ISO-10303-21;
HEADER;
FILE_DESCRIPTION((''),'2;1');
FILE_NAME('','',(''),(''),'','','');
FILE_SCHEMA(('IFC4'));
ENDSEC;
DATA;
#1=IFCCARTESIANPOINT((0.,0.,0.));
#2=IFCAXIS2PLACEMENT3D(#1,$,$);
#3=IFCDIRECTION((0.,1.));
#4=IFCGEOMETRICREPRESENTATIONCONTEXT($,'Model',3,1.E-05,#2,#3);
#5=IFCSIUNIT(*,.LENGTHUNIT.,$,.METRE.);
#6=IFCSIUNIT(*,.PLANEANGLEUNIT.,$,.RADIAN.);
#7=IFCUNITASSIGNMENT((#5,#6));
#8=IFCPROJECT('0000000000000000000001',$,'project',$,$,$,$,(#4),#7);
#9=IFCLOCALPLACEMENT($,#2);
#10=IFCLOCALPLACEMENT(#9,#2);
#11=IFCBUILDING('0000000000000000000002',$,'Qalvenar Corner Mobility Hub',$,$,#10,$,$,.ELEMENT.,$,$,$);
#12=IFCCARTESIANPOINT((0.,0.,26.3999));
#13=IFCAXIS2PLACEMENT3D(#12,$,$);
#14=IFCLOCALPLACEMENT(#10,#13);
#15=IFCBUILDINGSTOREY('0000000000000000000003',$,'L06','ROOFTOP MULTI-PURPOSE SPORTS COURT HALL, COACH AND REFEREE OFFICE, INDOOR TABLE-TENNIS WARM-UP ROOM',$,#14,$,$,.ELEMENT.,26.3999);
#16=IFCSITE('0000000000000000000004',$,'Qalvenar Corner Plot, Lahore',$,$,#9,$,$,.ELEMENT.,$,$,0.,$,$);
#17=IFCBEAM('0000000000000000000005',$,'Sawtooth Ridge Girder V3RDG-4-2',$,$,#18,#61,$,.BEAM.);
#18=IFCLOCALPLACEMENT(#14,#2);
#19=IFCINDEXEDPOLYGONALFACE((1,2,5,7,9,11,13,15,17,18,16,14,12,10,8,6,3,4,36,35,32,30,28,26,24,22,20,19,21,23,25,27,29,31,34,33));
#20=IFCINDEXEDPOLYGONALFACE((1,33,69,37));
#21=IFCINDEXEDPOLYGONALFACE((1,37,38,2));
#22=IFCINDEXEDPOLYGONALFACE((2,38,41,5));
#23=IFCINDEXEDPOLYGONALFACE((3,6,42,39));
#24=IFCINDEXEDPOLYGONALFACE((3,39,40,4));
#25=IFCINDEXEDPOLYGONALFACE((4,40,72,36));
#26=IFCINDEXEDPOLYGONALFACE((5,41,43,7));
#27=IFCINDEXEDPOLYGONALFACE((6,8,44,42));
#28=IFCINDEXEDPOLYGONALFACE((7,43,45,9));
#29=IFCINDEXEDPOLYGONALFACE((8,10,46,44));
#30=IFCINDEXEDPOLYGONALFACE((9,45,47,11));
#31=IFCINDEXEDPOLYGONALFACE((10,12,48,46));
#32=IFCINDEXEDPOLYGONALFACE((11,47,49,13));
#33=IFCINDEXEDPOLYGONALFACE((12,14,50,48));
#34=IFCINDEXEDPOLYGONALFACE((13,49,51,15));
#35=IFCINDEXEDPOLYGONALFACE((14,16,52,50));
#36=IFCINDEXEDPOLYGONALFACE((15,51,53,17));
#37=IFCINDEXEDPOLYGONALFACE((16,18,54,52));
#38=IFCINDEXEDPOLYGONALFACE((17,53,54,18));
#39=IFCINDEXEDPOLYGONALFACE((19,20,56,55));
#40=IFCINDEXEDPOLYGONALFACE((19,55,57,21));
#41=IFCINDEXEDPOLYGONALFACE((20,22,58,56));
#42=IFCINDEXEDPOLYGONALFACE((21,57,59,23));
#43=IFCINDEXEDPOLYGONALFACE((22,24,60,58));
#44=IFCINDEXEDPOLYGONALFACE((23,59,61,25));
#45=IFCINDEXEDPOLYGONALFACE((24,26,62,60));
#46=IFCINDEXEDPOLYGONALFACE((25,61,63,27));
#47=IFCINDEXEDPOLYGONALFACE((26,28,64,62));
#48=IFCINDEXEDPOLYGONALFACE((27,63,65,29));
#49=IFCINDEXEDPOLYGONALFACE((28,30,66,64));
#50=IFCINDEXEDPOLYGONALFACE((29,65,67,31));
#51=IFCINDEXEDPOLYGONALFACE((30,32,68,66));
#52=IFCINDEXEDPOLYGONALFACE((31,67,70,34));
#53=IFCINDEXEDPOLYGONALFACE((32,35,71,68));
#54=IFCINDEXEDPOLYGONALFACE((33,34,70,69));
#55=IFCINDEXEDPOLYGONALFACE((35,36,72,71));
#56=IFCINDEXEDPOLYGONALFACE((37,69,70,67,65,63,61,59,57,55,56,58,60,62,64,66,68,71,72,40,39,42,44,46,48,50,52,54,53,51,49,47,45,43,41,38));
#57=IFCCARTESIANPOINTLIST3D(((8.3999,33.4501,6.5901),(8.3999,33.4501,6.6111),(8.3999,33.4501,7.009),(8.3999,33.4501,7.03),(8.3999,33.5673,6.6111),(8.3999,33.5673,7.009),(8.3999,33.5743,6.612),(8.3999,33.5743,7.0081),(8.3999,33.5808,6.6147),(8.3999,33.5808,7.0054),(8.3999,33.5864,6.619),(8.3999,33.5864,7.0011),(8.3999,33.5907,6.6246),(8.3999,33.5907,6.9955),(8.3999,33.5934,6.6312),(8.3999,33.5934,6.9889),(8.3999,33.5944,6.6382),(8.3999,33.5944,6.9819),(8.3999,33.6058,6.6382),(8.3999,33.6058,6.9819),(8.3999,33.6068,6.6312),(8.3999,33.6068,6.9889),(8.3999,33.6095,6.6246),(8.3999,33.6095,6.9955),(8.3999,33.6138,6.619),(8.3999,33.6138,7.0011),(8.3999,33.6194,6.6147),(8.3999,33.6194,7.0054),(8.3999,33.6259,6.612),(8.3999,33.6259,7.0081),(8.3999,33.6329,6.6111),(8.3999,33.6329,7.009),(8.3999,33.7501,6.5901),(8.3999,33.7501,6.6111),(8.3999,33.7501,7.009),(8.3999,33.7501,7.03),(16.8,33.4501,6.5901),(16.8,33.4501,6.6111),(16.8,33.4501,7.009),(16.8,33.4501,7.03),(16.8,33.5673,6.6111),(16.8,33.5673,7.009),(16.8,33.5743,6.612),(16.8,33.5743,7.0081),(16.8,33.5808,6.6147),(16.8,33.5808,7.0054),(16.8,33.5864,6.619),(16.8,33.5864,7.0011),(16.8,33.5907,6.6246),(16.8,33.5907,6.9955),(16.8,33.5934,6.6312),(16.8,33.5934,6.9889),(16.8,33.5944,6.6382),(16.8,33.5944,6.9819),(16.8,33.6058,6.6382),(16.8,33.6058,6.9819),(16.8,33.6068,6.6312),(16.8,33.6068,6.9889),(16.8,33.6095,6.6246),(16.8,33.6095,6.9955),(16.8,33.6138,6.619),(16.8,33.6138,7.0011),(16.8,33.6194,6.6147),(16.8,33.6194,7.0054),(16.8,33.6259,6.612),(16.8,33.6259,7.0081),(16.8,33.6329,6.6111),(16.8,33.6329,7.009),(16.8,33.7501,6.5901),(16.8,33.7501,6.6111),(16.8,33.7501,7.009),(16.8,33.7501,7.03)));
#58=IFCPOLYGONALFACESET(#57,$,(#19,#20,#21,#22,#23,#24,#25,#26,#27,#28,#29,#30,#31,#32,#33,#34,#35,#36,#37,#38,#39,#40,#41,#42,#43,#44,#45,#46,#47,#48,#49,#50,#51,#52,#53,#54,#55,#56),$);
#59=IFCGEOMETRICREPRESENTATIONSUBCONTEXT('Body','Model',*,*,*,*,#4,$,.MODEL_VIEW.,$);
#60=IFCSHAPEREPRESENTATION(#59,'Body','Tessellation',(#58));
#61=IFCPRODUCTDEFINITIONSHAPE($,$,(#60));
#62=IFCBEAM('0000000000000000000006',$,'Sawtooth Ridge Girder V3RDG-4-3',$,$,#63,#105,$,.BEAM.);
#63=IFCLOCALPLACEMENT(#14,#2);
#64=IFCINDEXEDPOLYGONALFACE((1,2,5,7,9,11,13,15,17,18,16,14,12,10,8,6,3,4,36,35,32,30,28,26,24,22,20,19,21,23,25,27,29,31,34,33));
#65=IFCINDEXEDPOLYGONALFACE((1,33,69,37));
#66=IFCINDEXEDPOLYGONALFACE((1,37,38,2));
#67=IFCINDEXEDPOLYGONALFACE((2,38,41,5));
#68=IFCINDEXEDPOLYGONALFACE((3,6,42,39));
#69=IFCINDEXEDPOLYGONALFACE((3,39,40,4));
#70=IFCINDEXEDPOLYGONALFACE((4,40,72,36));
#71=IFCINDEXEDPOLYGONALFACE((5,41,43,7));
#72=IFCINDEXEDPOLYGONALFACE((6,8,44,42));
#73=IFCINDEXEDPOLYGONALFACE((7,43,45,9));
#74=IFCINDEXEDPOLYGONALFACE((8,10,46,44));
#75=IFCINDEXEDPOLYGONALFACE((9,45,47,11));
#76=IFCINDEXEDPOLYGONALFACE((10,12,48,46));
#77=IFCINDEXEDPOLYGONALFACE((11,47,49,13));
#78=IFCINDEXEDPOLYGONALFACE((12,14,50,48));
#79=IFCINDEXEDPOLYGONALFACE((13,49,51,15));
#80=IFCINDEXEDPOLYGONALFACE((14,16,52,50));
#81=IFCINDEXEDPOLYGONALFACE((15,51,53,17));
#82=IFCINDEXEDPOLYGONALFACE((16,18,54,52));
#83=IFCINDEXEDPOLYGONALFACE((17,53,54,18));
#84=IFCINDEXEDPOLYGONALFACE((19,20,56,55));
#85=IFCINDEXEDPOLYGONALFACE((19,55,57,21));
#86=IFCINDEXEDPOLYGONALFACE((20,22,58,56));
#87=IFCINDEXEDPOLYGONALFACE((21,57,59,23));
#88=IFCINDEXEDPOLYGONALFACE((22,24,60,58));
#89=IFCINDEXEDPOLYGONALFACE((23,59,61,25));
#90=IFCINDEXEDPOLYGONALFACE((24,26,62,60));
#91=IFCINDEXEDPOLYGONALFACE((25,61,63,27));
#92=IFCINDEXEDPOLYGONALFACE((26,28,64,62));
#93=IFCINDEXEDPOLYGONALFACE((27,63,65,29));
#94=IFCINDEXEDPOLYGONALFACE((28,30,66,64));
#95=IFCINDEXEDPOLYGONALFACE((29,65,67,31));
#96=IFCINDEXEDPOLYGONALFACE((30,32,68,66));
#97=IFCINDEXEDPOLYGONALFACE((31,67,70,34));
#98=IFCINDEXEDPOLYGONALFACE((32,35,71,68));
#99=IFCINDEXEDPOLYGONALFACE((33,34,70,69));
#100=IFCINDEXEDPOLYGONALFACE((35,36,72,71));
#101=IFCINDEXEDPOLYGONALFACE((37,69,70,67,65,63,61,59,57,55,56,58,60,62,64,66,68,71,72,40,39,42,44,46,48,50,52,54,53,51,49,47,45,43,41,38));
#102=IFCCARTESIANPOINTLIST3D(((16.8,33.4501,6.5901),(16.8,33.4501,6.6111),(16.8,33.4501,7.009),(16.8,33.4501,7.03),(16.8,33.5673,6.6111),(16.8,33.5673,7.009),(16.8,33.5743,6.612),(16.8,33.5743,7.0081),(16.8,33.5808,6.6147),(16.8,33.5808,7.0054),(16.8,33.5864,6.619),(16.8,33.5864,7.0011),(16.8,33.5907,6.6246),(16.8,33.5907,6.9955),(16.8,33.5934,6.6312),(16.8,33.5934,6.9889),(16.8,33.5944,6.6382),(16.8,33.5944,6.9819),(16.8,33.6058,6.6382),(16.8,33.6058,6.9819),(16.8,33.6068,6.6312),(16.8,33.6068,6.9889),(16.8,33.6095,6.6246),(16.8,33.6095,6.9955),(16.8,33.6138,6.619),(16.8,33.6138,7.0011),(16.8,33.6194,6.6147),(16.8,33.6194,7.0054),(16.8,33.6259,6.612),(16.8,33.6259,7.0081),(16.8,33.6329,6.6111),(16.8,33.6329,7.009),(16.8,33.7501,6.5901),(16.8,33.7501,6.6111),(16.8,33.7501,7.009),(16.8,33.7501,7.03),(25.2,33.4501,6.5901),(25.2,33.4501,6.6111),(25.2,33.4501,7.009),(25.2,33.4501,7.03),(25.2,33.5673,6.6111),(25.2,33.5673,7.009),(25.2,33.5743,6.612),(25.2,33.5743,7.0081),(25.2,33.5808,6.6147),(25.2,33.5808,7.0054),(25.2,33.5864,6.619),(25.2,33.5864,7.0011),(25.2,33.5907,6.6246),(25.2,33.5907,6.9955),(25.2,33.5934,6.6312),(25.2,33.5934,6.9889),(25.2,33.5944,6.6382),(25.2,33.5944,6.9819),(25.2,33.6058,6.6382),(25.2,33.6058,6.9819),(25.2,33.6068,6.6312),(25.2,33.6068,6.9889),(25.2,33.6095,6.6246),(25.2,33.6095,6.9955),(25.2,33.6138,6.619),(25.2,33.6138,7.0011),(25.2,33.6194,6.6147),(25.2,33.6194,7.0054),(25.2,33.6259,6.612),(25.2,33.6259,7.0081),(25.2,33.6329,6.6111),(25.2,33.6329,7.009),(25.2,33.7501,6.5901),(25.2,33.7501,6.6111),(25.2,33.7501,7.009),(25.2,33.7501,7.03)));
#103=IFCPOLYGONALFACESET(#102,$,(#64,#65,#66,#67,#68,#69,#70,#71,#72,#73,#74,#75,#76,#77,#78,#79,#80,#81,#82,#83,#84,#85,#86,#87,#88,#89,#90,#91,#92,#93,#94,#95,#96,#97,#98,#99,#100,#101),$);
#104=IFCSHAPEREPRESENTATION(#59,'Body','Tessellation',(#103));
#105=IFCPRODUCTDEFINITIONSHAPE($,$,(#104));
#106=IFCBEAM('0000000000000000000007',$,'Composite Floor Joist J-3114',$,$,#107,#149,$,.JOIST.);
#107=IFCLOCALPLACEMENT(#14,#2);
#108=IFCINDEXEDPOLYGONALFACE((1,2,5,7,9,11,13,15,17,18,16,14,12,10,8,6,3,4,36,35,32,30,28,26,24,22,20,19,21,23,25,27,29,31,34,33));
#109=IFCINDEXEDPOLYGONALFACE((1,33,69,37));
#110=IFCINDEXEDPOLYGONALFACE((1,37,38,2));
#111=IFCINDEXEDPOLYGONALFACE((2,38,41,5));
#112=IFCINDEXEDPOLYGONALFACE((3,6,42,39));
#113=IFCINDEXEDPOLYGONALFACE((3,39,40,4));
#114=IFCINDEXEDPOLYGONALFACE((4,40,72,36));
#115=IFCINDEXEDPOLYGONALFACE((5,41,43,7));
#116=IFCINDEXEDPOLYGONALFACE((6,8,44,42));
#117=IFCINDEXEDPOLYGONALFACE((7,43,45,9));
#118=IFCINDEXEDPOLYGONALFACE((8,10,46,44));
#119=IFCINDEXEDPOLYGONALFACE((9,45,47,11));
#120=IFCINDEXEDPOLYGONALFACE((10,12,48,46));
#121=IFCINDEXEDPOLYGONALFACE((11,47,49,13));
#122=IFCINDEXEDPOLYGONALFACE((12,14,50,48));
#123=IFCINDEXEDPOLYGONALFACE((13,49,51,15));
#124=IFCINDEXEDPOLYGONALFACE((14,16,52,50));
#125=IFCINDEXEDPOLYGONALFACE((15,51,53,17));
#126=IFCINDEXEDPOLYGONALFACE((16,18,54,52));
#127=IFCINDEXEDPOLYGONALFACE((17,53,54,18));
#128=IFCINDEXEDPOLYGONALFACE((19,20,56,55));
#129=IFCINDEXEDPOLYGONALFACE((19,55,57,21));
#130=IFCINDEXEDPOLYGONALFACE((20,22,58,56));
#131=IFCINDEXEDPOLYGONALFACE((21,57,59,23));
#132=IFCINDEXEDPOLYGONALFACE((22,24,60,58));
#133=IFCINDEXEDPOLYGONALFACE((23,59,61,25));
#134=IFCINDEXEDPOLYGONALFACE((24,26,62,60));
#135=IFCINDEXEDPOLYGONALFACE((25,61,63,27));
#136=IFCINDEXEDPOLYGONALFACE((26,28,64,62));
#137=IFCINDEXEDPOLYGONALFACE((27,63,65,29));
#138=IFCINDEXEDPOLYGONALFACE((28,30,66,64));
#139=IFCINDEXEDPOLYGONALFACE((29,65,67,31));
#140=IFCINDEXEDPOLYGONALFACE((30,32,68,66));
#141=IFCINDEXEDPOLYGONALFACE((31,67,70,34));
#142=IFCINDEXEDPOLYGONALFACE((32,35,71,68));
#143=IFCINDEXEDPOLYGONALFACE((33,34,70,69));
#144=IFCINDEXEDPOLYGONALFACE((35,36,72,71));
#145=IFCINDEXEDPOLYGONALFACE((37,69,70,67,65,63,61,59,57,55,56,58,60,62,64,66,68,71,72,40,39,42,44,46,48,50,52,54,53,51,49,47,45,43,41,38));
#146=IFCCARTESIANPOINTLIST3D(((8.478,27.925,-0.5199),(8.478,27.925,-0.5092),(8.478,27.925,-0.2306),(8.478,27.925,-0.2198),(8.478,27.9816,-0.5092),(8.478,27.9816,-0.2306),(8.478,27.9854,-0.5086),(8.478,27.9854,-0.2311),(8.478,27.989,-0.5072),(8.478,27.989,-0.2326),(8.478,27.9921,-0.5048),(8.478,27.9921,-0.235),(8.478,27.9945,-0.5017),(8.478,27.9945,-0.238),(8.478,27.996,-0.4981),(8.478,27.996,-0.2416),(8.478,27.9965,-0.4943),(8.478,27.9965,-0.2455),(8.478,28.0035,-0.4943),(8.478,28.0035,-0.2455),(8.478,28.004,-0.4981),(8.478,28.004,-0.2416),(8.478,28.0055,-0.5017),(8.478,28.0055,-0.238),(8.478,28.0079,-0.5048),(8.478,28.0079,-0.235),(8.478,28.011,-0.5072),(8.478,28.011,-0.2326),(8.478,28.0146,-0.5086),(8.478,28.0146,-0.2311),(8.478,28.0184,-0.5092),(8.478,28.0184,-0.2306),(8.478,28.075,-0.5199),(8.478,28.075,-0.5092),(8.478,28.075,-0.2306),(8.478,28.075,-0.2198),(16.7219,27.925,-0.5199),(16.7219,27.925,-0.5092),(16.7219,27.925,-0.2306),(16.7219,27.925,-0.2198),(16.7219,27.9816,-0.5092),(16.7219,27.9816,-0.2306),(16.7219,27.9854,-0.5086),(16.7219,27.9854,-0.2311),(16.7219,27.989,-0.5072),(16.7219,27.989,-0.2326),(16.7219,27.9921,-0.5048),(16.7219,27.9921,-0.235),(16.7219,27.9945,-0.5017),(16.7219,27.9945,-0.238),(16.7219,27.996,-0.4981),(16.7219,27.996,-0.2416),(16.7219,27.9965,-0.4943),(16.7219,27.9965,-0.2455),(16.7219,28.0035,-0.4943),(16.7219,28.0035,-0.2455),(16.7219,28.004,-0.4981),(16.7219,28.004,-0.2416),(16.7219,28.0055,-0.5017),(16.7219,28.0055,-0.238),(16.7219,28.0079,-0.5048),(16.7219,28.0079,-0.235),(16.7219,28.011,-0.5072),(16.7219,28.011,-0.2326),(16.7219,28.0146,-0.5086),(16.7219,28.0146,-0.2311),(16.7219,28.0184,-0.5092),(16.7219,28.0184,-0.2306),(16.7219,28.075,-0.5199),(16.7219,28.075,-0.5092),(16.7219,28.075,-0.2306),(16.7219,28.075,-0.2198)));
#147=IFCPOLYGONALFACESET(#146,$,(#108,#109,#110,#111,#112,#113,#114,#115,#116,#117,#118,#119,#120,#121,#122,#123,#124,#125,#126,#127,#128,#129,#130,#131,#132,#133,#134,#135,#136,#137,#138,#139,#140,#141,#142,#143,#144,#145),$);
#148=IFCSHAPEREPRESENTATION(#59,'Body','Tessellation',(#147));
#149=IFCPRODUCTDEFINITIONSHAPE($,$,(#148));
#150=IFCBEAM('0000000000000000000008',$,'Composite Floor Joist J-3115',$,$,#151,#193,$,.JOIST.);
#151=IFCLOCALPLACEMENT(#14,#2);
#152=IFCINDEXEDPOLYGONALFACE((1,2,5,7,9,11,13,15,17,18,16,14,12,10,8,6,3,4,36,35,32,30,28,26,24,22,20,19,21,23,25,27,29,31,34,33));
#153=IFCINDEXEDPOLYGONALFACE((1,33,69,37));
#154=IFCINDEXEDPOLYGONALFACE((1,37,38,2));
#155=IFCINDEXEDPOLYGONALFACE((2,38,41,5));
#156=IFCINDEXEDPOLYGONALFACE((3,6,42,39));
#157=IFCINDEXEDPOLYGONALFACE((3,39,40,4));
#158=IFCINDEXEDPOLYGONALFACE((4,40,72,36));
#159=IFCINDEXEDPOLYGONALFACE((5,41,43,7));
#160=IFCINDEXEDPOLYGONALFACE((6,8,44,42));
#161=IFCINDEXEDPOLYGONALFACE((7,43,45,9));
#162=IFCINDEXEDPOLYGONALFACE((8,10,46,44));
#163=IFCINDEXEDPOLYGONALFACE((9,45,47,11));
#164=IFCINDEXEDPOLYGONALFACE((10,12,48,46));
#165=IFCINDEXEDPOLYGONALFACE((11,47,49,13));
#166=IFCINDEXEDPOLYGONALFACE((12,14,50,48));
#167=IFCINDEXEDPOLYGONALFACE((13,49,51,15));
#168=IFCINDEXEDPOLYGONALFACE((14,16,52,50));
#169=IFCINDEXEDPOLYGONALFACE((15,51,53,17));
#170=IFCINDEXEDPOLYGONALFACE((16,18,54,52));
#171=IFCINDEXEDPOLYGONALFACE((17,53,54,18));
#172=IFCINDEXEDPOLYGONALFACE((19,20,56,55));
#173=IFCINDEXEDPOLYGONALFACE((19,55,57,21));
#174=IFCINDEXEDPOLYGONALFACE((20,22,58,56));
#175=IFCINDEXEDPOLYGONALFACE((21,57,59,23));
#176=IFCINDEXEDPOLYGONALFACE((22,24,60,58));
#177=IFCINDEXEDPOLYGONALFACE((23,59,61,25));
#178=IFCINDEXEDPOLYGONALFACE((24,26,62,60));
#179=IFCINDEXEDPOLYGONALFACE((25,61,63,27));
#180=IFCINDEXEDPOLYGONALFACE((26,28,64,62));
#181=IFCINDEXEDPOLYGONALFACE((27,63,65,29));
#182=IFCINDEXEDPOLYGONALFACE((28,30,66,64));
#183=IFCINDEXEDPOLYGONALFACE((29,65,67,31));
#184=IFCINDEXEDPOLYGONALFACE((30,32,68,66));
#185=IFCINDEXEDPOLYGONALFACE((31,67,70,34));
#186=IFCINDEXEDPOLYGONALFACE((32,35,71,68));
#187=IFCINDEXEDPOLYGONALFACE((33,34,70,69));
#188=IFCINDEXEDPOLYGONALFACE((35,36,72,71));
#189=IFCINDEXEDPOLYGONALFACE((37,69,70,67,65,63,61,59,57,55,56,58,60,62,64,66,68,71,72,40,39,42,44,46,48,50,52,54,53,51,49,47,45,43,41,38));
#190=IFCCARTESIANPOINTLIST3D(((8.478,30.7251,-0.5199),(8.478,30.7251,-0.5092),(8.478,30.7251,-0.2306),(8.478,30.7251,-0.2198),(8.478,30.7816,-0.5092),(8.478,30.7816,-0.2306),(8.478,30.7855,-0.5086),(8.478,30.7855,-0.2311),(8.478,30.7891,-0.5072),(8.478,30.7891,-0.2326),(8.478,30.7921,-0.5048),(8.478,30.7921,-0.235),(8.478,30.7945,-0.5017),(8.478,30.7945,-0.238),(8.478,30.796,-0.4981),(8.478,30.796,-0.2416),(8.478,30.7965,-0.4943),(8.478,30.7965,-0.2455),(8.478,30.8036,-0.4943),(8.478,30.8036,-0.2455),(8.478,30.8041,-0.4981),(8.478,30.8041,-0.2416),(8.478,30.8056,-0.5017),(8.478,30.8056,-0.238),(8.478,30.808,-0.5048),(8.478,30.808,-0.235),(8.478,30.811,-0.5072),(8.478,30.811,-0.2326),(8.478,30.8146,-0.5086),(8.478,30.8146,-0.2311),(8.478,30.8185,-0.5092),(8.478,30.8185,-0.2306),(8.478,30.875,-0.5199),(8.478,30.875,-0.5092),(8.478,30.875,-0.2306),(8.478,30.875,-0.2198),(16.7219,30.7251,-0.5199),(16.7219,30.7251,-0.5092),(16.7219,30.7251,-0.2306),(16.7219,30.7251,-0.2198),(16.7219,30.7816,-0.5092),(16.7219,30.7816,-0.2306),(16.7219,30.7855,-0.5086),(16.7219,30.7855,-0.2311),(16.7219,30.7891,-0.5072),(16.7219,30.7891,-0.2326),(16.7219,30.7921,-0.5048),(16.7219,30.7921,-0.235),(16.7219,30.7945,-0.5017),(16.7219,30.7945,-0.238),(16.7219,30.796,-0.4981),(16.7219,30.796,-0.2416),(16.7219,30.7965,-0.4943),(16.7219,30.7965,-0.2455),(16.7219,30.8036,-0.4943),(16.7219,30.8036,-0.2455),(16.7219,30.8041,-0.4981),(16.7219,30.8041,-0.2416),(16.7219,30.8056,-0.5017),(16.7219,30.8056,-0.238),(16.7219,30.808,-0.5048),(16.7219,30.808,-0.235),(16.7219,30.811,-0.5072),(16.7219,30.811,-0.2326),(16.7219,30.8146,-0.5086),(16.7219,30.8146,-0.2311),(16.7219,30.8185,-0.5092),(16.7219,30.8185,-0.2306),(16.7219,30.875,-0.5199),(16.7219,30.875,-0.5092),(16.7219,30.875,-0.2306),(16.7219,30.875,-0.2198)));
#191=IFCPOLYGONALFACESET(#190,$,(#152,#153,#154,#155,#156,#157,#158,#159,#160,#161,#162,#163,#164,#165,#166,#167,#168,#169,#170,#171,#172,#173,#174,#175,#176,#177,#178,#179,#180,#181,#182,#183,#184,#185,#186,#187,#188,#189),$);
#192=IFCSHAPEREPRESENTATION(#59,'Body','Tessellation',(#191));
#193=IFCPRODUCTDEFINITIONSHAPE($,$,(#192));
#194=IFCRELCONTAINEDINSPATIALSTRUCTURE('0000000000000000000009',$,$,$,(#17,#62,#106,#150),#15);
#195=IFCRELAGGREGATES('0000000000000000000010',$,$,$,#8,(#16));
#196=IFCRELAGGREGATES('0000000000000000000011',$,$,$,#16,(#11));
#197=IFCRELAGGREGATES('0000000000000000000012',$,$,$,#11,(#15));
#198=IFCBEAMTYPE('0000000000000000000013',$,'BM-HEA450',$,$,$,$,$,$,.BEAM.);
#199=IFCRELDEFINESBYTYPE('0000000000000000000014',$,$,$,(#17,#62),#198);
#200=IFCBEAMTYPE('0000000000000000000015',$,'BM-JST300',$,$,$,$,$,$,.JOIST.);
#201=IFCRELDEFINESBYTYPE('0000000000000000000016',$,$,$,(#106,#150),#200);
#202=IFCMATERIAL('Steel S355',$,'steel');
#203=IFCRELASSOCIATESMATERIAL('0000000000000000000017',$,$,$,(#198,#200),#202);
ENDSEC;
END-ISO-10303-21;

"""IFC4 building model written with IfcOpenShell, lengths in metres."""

from ifc_helpers import new_model, si_unit, direction, frame, origin, origin_2d, place, context, subcontext, project, spatial, i_section, extrude, material, material_profile, profile_set, type_object, element, save


model = new_model("IFC4")

# Units and contexts
model_context = context("Model", 3, precision=1e-05, world=origin(), true_north=direction((0.0, 1.0)))
body_context = subcontext(model_context, "Body", "Model", "MODEL_VIEW")
ifc_project = project(units=[si_unit("LENGTHUNIT", "METRE"), si_unit("PLANEANGLEUNIT", "RADIAN")], contexts=[model_context])

# Site, building, storey
site_placement = place(None, origin())
site = spatial("IfcSite", under=ifc_project, at=site_placement, Name="Qalvenar Corner Plot, Lahore", CompositionType="ELEMENT", RefElevation=0.0)
building_placement = place(site_placement, origin())
building = spatial("IfcBuilding", under=site, at=building_placement, Name="Qalvenar Corner Mobility Hub", CompositionType="ELEMENT")
storey_placement = place(building_placement, frame((0.0, 0.0, 26.3999)))
storey = spatial("IfcBuildingStorey", under=building, at=storey_placement, Name="L06", Description="ROOFTOP MULTI-PURPOSE SPORTS COURT HALL, COACH AND REFEREE OFFICE, INDOOR TABLE-TENNIS WARM-UP ROOM", CompositionType="ELEMENT", Elevation=26.3999)

# Shared definitions
ifc_material_1 = material(Name="Steel S355", Category="steel")

# Beams
ifc_material_profile_1 = material_profile(ifc_material_1, i_section(OverallWidth=0.3, OverallDepth=0.4399, WebThickness=0.0115, FlangeThickness=0.021, FilletRadius=0.0271, at=origin_2d()), Name="HEA450")
ifc_profile_set_1 = profile_set([ifc_material_profile_1], Name="Steel S355")
beam_type_1 = type_object("IfcBeamType", Name="BM-HEA450", PredefinedType="BEAM", material=ifc_profile_set_1)
beam_1_placement = place(storey_placement, frame((8.3999, 33.6001, 6.8101), z_axis=(1.0, 0.0, 0.0), x_axis=(0.0, 1.0, 0.0)))
element("IfcBeam", 1, at=beam_1_placement, inside=storey, type_object=beam_type_1, Name="Sawtooth Ridge Girder V3RDG-4-2", PredefinedType="BEAM", context=body_context, shape_type="SweptSolid", body=[
    extrude(i_section(OverallWidth=0.3, OverallDepth=0.4399, WebThickness=0.0115, FlangeThickness=0.021, FilletRadius=0.0271, at=origin_2d()), origin(), (0.0, 0.0, 1.0), 8.4001),
])
beam_2_placement = place(storey_placement, frame((16.8, 33.6001, 6.8101), z_axis=(1.0, 0.0, 0.0), x_axis=(0.0, 1.0, 0.0)))
element("IfcBeam", 2, at=beam_2_placement, inside=storey, type_object=beam_type_1, Name="Sawtooth Ridge Girder V3RDG-4-3", PredefinedType="BEAM", context=body_context, shape_type="SweptSolid", body=[
    extrude(i_section(OverallWidth=0.3, OverallDepth=0.4399, WebThickness=0.0115, FlangeThickness=0.021, FilletRadius=0.0271, at=origin_2d()), origin(), (0.0, 0.0, 1.0), 8.3999),
])
ifc_material_profile_2 = material_profile(ifc_material_1, i_section(OverallWidth=0.1499, OverallDepth=0.3, WebThickness=0.0071, FlangeThickness=0.0107, FilletRadius=0.0149, at=origin_2d()), Name="IPE300")
ifc_profile_set_2 = profile_set([ifc_material_profile_2], Name="Steel S355")
beam_type_2 = type_object("IfcBeamType", Name="BM-JST300", PredefinedType="JOIST", material=ifc_profile_set_2)
for number, where, z_axis, x_axis, name in (
    (3, (8.478, 28.0, -0.3699), (1.0, 0.0, 0.0), (0.0, 1.0, 0.0), "Composite Floor Joist J-3114"),
    (4, (8.478, 30.8, -0.3699), (1.0, 0.0, 0.0), (0.0, 1.0, 0.0), "Composite Floor Joist J-3115"),
):
    element("IfcBeam", number, at=place(storey_placement, frame(where, z_axis=z_axis, x_axis=x_axis)), inside=storey, type_object=beam_type_2, Name=name, PredefinedType="JOIST", context=body_context, shape_type="SweptSolid", body=[
        extrude(i_section(OverallWidth=0.1499, OverallDepth=0.3, WebThickness=0.0071, FlangeThickness=0.0107, FilletRadius=0.0149, at=origin_2d()), origin(), (0.0, 0.0, 1.0), 8.2439),
    ])

save(model, "model.ifc")
